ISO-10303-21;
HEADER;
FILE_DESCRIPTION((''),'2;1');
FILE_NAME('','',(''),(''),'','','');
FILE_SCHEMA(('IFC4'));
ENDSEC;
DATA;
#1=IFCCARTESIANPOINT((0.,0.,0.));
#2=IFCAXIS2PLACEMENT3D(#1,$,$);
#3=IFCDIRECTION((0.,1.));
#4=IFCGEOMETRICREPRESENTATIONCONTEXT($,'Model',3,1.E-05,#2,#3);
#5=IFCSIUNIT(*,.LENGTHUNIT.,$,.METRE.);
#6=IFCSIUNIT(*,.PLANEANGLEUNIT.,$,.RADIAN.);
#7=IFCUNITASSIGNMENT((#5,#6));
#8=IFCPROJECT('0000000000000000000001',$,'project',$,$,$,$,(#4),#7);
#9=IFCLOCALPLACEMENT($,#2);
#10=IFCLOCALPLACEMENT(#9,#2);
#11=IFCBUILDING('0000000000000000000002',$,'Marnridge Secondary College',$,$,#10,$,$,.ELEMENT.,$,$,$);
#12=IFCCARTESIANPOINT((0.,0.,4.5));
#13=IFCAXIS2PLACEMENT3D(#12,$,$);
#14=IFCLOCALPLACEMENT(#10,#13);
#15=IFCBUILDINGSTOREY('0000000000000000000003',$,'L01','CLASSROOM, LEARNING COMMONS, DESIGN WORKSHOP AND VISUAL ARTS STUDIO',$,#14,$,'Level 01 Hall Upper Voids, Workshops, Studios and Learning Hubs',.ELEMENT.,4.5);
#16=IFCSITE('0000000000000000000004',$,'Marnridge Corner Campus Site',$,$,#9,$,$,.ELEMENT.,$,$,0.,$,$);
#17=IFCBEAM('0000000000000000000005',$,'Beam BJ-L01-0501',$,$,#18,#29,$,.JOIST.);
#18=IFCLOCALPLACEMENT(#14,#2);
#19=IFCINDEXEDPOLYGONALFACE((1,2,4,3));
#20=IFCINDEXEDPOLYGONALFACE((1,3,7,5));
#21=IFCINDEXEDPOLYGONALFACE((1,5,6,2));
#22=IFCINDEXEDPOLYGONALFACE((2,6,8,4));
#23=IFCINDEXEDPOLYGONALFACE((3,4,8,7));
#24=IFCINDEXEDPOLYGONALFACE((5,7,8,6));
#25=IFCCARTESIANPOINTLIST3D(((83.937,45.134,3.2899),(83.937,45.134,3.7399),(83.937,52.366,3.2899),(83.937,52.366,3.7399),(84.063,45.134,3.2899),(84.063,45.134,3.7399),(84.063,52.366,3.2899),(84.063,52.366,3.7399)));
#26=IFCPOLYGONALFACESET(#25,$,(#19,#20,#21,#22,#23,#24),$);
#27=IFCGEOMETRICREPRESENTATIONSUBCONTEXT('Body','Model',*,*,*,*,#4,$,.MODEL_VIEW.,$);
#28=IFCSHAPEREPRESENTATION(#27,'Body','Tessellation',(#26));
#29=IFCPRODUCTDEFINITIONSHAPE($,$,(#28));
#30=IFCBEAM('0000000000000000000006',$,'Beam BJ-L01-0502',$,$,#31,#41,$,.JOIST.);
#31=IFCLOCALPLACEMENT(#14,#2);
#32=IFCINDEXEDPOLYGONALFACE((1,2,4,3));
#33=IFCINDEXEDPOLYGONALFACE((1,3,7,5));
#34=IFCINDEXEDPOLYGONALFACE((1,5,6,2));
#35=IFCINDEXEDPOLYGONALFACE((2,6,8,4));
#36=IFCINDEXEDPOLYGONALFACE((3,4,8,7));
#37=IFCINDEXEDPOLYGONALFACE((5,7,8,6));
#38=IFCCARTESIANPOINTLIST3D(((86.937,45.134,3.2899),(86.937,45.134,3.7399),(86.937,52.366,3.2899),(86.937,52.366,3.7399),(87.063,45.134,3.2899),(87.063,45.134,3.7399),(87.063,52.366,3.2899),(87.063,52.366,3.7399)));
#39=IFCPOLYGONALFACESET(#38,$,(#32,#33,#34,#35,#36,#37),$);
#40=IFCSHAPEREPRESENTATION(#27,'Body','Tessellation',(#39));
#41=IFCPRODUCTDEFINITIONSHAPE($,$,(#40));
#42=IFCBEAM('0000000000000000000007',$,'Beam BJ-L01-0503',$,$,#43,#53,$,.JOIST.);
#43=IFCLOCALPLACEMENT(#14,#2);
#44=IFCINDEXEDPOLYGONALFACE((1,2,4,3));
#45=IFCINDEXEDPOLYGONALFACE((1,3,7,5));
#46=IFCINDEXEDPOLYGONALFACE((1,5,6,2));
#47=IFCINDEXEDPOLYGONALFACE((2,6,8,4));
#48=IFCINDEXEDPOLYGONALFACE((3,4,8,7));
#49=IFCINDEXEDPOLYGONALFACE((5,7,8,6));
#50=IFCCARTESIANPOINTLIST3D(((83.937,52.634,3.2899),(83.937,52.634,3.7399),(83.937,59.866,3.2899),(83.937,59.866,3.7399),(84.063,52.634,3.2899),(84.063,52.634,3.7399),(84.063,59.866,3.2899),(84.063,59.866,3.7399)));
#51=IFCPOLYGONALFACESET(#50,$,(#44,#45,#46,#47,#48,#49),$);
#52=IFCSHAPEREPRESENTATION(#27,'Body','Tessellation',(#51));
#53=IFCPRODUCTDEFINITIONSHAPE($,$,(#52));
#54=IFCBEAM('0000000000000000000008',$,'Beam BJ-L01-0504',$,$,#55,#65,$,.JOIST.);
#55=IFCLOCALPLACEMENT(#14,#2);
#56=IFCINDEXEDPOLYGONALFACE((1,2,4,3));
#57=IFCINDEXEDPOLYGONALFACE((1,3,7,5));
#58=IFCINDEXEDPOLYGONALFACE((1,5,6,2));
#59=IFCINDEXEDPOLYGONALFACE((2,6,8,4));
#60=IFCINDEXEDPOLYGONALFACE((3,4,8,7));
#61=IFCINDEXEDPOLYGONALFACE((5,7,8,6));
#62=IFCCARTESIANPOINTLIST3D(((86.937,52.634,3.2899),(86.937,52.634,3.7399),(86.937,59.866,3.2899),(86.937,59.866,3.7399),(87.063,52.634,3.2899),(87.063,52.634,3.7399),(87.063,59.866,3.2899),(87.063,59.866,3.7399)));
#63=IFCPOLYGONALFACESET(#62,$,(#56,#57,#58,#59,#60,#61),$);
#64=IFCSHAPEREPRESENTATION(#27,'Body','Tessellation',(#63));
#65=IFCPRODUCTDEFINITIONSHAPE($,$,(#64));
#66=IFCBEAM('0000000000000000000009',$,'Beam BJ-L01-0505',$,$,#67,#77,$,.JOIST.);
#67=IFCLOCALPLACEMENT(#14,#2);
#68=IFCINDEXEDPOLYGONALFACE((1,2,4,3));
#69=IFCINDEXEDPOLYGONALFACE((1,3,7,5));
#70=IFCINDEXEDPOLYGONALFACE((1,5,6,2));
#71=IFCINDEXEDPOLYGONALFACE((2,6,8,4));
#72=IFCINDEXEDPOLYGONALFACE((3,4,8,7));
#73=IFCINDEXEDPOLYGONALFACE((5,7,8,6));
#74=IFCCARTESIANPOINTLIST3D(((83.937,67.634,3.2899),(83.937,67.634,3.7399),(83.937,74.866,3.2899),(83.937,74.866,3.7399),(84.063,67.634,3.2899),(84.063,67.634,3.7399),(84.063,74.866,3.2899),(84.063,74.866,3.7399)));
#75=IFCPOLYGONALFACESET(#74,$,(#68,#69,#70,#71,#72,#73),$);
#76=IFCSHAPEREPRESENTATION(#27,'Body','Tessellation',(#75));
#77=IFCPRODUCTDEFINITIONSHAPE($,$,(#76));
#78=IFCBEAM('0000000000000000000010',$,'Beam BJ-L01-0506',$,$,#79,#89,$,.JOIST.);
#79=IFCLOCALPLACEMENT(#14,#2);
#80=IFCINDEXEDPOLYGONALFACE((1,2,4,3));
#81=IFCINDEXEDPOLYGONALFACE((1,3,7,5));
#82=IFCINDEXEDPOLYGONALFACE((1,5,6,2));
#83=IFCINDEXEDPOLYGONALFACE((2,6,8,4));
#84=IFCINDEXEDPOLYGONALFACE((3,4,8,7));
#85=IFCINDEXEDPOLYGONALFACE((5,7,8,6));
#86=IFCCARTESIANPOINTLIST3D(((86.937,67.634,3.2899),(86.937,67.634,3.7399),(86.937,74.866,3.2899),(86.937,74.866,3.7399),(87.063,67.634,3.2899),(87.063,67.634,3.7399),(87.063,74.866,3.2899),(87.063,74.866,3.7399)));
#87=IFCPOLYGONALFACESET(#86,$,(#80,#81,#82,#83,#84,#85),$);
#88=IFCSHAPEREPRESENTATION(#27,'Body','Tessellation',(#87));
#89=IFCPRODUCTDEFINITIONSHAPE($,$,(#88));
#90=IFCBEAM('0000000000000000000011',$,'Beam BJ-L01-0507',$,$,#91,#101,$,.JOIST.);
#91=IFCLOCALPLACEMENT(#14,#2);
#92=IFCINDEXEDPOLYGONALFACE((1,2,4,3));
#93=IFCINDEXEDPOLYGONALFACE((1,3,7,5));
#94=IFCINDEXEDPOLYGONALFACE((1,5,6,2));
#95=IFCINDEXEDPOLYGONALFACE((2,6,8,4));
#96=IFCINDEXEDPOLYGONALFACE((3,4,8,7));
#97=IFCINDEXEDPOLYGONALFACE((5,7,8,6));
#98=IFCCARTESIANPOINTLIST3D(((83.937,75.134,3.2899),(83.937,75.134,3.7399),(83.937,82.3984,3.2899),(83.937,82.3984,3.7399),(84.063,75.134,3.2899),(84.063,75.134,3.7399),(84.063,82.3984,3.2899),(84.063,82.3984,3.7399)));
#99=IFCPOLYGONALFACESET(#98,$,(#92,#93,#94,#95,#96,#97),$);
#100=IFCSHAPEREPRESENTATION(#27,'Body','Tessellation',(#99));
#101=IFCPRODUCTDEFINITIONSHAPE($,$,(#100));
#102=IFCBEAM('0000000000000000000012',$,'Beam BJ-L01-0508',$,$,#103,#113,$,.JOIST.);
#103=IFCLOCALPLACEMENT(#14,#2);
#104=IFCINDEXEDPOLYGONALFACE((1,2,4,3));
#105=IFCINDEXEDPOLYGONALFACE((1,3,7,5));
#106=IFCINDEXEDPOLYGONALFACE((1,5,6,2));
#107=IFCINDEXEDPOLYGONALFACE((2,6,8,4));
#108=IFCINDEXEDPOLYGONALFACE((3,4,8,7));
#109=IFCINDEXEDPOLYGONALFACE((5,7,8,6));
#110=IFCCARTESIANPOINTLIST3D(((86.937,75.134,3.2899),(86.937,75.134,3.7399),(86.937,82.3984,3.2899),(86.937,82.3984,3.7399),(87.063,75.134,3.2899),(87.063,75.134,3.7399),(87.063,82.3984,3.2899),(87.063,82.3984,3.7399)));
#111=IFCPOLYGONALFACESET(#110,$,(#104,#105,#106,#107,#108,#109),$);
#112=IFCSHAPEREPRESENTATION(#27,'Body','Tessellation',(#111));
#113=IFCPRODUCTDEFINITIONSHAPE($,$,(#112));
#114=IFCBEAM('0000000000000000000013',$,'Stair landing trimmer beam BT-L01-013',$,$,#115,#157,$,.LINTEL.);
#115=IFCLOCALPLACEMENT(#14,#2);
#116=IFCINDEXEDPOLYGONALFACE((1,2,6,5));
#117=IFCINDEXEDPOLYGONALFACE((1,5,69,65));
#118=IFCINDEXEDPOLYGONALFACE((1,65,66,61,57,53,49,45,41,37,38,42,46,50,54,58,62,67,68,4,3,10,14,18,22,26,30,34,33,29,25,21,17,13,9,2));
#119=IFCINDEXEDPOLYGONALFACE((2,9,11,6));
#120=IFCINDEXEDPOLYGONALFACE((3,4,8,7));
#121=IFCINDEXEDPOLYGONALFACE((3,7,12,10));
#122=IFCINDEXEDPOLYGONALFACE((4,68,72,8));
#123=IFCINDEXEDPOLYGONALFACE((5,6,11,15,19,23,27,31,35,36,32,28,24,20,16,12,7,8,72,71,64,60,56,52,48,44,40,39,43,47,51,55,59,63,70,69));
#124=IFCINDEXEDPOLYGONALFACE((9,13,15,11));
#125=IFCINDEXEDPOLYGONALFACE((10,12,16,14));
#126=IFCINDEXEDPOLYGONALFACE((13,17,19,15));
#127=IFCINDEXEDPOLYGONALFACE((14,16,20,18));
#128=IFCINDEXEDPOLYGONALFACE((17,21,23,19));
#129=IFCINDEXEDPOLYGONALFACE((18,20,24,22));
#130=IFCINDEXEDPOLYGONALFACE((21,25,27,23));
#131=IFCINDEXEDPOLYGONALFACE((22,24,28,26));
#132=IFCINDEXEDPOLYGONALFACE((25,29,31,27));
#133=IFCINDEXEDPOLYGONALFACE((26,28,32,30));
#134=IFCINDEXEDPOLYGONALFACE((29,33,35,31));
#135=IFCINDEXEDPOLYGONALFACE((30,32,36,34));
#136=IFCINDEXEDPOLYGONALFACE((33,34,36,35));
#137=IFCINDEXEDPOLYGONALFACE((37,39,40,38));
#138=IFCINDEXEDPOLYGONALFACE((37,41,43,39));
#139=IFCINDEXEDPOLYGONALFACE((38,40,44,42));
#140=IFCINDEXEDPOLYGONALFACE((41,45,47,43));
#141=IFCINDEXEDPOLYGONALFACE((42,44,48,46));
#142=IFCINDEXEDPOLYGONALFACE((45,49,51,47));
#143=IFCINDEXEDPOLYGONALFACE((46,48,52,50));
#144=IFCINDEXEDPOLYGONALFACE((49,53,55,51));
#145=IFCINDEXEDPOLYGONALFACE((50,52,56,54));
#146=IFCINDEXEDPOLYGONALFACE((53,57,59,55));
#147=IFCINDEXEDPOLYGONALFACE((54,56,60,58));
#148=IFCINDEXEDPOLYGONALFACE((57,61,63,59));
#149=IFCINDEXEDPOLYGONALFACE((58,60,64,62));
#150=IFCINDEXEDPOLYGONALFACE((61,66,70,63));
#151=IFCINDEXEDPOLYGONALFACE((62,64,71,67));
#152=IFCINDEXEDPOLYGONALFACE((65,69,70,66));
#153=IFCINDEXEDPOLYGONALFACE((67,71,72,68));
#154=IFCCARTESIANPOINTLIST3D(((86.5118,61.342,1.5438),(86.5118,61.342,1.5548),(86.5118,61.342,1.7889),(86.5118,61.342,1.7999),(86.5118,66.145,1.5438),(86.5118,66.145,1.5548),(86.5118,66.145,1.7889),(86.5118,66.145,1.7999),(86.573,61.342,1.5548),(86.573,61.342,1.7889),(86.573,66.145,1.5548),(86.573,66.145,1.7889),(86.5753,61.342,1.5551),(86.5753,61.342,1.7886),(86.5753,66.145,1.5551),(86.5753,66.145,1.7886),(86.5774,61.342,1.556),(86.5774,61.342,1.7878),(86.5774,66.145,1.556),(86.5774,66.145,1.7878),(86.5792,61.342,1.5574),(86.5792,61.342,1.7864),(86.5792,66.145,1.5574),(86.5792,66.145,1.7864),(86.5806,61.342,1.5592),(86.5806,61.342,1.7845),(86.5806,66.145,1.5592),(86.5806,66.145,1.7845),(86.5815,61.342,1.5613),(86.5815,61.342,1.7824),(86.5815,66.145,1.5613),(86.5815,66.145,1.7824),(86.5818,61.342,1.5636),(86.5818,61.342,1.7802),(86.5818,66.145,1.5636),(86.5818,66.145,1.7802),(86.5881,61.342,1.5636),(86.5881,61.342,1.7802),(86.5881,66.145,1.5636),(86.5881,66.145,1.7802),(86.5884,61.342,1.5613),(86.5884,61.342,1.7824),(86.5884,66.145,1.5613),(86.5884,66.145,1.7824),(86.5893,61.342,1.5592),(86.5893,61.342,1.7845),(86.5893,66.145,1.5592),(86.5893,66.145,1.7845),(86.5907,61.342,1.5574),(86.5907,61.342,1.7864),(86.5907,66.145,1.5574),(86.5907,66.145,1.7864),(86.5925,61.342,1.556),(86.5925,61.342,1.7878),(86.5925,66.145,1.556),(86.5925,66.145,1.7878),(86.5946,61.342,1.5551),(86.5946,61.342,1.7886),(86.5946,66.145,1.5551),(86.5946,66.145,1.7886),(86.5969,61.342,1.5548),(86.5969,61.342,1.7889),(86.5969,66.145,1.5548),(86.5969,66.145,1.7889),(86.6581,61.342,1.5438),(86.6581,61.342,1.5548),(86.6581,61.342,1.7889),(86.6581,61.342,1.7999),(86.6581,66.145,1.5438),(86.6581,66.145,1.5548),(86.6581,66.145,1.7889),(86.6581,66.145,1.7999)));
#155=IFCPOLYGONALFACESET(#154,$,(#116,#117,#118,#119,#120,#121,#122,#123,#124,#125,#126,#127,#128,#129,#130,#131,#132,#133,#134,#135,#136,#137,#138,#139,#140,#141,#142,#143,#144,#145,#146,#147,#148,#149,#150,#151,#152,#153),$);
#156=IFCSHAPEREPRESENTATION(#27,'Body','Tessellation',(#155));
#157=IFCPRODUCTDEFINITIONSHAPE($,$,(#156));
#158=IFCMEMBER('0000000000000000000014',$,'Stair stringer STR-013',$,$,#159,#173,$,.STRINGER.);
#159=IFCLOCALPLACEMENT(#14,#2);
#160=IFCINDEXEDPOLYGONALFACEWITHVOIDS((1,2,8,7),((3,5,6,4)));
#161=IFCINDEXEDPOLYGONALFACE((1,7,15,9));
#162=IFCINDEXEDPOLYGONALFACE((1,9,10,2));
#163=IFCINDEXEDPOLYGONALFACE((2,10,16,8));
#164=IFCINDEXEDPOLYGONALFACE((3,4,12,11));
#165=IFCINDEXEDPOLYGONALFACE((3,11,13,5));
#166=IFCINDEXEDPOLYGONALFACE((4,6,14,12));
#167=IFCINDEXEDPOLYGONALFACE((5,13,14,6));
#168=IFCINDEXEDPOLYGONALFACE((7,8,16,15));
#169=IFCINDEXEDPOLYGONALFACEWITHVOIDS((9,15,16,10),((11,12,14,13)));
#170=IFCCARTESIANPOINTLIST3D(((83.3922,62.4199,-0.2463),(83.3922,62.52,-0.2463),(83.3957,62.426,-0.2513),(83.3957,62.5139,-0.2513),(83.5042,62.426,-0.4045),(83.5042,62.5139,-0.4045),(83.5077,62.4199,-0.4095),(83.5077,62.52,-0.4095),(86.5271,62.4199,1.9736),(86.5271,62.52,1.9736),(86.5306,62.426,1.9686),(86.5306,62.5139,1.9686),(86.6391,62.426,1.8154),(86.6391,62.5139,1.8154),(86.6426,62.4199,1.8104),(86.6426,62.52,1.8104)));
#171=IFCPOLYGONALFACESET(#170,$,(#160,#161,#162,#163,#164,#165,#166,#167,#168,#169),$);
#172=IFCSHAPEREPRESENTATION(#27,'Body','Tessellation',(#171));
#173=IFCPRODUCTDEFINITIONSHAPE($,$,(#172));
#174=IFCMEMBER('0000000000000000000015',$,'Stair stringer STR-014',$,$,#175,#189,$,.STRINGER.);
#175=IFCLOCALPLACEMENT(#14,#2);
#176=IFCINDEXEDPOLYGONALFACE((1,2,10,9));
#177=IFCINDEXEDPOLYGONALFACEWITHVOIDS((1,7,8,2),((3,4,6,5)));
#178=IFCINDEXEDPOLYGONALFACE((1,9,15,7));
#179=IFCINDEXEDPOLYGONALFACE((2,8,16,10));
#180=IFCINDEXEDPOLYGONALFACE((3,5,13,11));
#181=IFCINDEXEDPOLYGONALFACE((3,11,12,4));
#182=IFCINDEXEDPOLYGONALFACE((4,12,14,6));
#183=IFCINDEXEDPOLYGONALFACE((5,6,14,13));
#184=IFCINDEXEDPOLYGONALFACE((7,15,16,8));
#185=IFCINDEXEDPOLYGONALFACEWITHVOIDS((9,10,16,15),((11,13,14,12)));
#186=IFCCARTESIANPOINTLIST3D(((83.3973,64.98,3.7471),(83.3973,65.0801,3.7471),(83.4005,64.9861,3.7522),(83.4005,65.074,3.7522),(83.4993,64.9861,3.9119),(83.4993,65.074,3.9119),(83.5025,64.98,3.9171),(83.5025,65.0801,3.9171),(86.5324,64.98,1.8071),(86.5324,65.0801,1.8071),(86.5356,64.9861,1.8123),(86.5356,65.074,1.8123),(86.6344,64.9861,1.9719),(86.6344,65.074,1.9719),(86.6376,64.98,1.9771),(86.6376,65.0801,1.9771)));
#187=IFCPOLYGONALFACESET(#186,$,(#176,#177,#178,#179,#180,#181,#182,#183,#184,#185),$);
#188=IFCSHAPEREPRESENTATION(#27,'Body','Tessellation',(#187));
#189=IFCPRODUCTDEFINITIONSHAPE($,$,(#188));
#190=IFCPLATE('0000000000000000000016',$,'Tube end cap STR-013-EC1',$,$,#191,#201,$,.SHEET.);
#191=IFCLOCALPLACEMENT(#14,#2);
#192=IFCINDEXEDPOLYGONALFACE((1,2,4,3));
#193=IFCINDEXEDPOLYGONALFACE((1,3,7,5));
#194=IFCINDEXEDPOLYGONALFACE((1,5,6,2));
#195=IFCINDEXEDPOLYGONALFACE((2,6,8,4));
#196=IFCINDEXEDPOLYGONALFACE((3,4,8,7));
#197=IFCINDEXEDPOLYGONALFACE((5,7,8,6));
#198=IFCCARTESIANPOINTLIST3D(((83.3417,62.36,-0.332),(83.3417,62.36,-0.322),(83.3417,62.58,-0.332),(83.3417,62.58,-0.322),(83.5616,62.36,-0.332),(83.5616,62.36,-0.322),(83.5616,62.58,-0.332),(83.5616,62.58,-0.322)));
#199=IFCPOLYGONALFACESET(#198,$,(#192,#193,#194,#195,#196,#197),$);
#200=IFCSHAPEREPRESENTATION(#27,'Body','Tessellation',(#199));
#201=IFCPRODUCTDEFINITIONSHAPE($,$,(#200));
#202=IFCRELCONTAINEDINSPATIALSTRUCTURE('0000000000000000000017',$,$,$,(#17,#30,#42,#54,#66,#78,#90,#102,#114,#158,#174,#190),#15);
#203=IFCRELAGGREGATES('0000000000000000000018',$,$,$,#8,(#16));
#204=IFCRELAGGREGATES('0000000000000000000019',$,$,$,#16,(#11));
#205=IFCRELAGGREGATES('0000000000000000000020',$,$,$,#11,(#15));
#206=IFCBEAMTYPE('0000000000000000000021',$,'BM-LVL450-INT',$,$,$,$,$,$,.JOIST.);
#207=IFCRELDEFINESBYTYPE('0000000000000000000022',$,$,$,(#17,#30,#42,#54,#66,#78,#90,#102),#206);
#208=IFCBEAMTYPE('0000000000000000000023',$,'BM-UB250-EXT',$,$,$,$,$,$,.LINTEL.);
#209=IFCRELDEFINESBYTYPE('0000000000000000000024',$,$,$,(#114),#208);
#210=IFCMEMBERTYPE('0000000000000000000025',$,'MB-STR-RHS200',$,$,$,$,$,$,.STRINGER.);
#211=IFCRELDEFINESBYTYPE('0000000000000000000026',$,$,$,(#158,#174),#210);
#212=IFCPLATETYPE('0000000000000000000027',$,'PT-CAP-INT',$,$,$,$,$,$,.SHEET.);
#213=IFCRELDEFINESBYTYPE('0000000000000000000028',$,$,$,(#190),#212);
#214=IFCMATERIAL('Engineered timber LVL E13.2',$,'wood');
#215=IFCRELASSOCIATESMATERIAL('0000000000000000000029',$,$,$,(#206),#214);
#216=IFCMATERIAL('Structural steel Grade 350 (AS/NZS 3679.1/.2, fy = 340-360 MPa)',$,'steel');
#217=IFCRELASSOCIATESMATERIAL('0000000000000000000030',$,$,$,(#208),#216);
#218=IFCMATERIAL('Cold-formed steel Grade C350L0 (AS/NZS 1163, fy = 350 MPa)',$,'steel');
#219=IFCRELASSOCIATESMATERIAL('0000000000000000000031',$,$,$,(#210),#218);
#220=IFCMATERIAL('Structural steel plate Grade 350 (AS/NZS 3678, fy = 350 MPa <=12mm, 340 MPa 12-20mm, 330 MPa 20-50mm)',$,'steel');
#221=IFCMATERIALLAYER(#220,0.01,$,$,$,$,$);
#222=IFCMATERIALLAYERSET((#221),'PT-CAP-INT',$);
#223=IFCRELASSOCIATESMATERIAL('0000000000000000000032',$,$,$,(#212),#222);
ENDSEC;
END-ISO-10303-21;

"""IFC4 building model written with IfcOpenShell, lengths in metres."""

from ifc_helpers import new_model, si_unit, direction, frame, origin, origin_2d, place, context, subcontext, project, spatial, rectangle, hollow_rectangle, i_section, extrude, material, layer, layer_set, material_profile, profile_set, type_object, element, save


model = new_model("IFC4")

# Units and contexts
model_context = context("Model", 3, precision=1e-05, world=origin(), true_north=direction((0.0, 1.0)))
body_context = subcontext(model_context, "Body", "Model", "MODEL_VIEW")
ifc_project = project(units=[si_unit("LENGTHUNIT", "METRE"), si_unit("PLANEANGLEUNIT", "RADIAN")], contexts=[model_context])

# Site, building, storey
site_placement = place(None, origin())
site = spatial("IfcSite", under=ifc_project, at=site_placement, Name="Marnridge Corner Campus Site", CompositionType="ELEMENT", RefElevation=0.0)
building_placement = place(site_placement, origin())
building = spatial("IfcBuilding", under=site, at=building_placement, Name="Marnridge Secondary College", CompositionType="ELEMENT")
storey_placement = place(building_placement, frame((0.0, 0.0, 4.5)))
storey = spatial("IfcBuildingStorey", under=building, at=storey_placement, Name="L01", Description="CLASSROOM, LEARNING COMMONS, DESIGN WORKSHOP AND VISUAL ARTS STUDIO", LongName="Level 01 Hall Upper Voids, Workshops, Studios and Learning Hubs", CompositionType="ELEMENT", Elevation=4.5)

# Beams
ifc_material_1 = material(Name="Engineered timber LVL E13.2", Category="wood")
ifc_material_profile_1 = material_profile(ifc_material_1, rectangle(XDim=0.126, YDim=0.45, at=origin_2d()), Name="LVL 126x450")
ifc_profile_set_1 = profile_set([ifc_material_profile_1], Name="Engineered timber LVL E13.2")
beam_type_1 = type_object("IfcBeamType", Name="BM-LVL450-INT", PredefinedType="JOIST", material=ifc_profile_set_1)
for number, where, z_axis, x_axis, name in (
    (1, (84.0, 45.134, 3.5149), (0.0, 1.0, 0.0), (-1.0, 0.0, 0.0), "Beam BJ-L01-0501"),
    (2, (87.0, 45.134, 3.5149), (0.0, 1.0, 0.0), (-1.0, 0.0, 0.0), "Beam BJ-L01-0502"),
    (3, (84.0, 52.634, 3.5149), (0.0, 1.0, 0.0), (-1.0, 0.0, 0.0), "Beam BJ-L01-0503"),
    (4, (87.0, 52.634, 3.5149), (0.0, 1.0, 0.0), (-1.0, 0.0, 0.0), "Beam BJ-L01-0504"),
    (5, (84.0, 67.634, 3.5149), (0.0, 1.0, 0.0), (-1.0, 0.0, 0.0), "Beam BJ-L01-0505"),
    (6, (87.0, 67.634, 3.5149), (0.0, 1.0, 0.0), (-1.0, 0.0, 0.0), "Beam BJ-L01-0506"),
):
    element("IfcBeam", number, at=place(storey_placement, frame(where, z_axis=z_axis, x_axis=x_axis)), inside=storey, type_object=beam_type_1, Name=name, PredefinedType="JOIST", context=body_context, shape_type="SweptSolid", body=[
        extrude(rectangle(XDim=0.126, YDim=0.45, at=origin_2d()), origin(), (0.0, 0.0, 1.0), 7.2319),
    ])
for number, where, z_axis, x_axis, name in (
    (7, (84.0, 75.134, 3.5149), (0.0, 1.0, 0.0), (-1.0, 0.0, 0.0), "Beam BJ-L01-0507"),
    (8, (87.0, 75.134, 3.5149), (0.0, 1.0, 0.0), (-1.0, 0.0, 0.0), "Beam BJ-L01-0508"),
):
    element("IfcBeam", number, at=place(storey_placement, frame(where, z_axis=z_axis, x_axis=x_axis)), inside=storey, type_object=beam_type_1, Name=name, PredefinedType="JOIST", context=body_context, shape_type="SweptSolid", body=[
        extrude(rectangle(XDim=0.126, YDim=0.45, at=origin_2d()), origin(), (0.0, 0.0, 1.0), 7.2644),
    ])
ifc_material_2 = material(Name="Structural steel Grade 350 (AS/NZS 3679.1/.2, fy = 340-360 MPa)", Category="steel")
ifc_material_profile_2 = material_profile(ifc_material_2, i_section(OverallWidth=0.1462, OverallDepth=0.2561, WebThickness=0.0063, FlangeThickness=0.011, FilletRadius=0.0088, at=origin_2d()), Name="250UB37.3")
ifc_profile_set_2 = profile_set([ifc_material_profile_2], Name="Structural steel Grade 350 (AS/NZS 3679.1/.2, fy = 340-360 MPa)")
beam_type_2 = type_object("IfcBeamType", Name="BM-UB250-EXT", PredefinedType="LINTEL", material=ifc_profile_set_2)
beam_placement = place(storey_placement, frame((86.585, 61.342, 1.6719), z_axis=(0.0, 1.0, 0.0), x_axis=(-1.0, 0.0, 0.0)))
element("IfcBeam", 9, at=beam_placement, inside=storey, type_object=beam_type_2, Name="Stair landing trimmer beam BT-L01-013", PredefinedType="LINTEL", context=body_context, shape_type="SweptSolid", body=[
    extrude(i_section(OverallWidth=0.1462, OverallDepth=0.2561, WebThickness=0.0063, FlangeThickness=0.011, FilletRadius=0.0088, at=origin_2d()), origin(), (0.0, 0.0, 1.0), 4.803),
])

# Members
ifc_material_3 = material(Name="Cold-formed steel Grade C350L0 (AS/NZS 1163, fy = 350 MPa)", Category="steel")
ifc_material_profile_3 = material_profile(ifc_material_3, hollow_rectangle(XDim=0.1001, YDim=0.2, WallThickness=0.0061, at=origin_2d()), Name="200x100x6.0RHS")
ifc_profile_set_3 = profile_set([ifc_material_profile_3], Name="Cold-formed steel Grade C350L0 (AS/NZS 1163, fy = 350 MPa)")
member_type = type_object("IfcMemberType", Name="MB-STR-RHS200", PredefinedType="STRINGER", material=ifc_profile_set_3)
member_1_placement = place(storey_placement, frame((83.45, 62.47, -0.3279), z_axis=(0.816106, 0.0, 0.577903), x_axis=(0.0, 1.0, 0.0)))
element("IfcMember", 10, at=member_1_placement, inside=storey, type_object=member_type, Name="Stair stringer STR-013", PredefinedType="STRINGER", context=body_context, shape_type="SweptSolid", body=[
    extrude(hollow_rectangle(XDim=0.1001, YDim=0.2, WallThickness=0.0061, at=origin_2d()), origin(), (0.0, 0.0, 1.0), 3.8413),
])
member_2_placement = place(storey_placement, frame((86.585, 65.03, 1.8921), z_axis=(-0.85036, 0.0, 0.526202), x_axis=(0.0, -1.0, 0.0)))
element("IfcMember", 11, at=member_2_placement, inside=storey, type_object=member_type, Name="Stair stringer STR-014", PredefinedType="STRINGER", context=body_context, shape_type="SweptSolid", body=[
    extrude(hollow_rectangle(XDim=0.1001, YDim=0.2, WallThickness=0.0061, at=origin_2d()), origin(), (0.0, 0.0, 1.0), 3.6868),
])

# Plate
ifc_material_4 = material(Name="Structural steel plate Grade 350 (AS/NZS 3678, fy = 350 MPa <=12mm, 340 MPa 12-20mm, 330 MPa 20-50mm)", Category="steel")
ifc_layer_1 = layer(ifc_material_4, 0.01)
ifc_layer_set_1 = layer_set([ifc_layer_1], Name="PT-CAP-INT")
plate_type = type_object("IfcPlateType", Name="PT-CAP-INT", PredefinedType="SHEET", material=ifc_layer_set_1)
for number, where, z_axis, x_axis, name in (
    (12, (83.4517, 62.47, -0.332), (0.0, 0.0, 1.0), (1.0, 0.0, 0.0), "Tube end cap STR-013-EC1"),
):
    element("IfcPlate", number, at=place(storey_placement, frame(where, z_axis=z_axis, x_axis=x_axis)), inside=storey, type_object=plate_type, Name=name, PredefinedType="SHEET", context=body_context, shape_type="SweptSolid", body=[
        extrude(rectangle(XDim=0.22, YDim=0.22, at=origin_2d()), origin(), (0.0, 0.0, 1.0), 0.01),
    ])

save(model, "model.ifc")
